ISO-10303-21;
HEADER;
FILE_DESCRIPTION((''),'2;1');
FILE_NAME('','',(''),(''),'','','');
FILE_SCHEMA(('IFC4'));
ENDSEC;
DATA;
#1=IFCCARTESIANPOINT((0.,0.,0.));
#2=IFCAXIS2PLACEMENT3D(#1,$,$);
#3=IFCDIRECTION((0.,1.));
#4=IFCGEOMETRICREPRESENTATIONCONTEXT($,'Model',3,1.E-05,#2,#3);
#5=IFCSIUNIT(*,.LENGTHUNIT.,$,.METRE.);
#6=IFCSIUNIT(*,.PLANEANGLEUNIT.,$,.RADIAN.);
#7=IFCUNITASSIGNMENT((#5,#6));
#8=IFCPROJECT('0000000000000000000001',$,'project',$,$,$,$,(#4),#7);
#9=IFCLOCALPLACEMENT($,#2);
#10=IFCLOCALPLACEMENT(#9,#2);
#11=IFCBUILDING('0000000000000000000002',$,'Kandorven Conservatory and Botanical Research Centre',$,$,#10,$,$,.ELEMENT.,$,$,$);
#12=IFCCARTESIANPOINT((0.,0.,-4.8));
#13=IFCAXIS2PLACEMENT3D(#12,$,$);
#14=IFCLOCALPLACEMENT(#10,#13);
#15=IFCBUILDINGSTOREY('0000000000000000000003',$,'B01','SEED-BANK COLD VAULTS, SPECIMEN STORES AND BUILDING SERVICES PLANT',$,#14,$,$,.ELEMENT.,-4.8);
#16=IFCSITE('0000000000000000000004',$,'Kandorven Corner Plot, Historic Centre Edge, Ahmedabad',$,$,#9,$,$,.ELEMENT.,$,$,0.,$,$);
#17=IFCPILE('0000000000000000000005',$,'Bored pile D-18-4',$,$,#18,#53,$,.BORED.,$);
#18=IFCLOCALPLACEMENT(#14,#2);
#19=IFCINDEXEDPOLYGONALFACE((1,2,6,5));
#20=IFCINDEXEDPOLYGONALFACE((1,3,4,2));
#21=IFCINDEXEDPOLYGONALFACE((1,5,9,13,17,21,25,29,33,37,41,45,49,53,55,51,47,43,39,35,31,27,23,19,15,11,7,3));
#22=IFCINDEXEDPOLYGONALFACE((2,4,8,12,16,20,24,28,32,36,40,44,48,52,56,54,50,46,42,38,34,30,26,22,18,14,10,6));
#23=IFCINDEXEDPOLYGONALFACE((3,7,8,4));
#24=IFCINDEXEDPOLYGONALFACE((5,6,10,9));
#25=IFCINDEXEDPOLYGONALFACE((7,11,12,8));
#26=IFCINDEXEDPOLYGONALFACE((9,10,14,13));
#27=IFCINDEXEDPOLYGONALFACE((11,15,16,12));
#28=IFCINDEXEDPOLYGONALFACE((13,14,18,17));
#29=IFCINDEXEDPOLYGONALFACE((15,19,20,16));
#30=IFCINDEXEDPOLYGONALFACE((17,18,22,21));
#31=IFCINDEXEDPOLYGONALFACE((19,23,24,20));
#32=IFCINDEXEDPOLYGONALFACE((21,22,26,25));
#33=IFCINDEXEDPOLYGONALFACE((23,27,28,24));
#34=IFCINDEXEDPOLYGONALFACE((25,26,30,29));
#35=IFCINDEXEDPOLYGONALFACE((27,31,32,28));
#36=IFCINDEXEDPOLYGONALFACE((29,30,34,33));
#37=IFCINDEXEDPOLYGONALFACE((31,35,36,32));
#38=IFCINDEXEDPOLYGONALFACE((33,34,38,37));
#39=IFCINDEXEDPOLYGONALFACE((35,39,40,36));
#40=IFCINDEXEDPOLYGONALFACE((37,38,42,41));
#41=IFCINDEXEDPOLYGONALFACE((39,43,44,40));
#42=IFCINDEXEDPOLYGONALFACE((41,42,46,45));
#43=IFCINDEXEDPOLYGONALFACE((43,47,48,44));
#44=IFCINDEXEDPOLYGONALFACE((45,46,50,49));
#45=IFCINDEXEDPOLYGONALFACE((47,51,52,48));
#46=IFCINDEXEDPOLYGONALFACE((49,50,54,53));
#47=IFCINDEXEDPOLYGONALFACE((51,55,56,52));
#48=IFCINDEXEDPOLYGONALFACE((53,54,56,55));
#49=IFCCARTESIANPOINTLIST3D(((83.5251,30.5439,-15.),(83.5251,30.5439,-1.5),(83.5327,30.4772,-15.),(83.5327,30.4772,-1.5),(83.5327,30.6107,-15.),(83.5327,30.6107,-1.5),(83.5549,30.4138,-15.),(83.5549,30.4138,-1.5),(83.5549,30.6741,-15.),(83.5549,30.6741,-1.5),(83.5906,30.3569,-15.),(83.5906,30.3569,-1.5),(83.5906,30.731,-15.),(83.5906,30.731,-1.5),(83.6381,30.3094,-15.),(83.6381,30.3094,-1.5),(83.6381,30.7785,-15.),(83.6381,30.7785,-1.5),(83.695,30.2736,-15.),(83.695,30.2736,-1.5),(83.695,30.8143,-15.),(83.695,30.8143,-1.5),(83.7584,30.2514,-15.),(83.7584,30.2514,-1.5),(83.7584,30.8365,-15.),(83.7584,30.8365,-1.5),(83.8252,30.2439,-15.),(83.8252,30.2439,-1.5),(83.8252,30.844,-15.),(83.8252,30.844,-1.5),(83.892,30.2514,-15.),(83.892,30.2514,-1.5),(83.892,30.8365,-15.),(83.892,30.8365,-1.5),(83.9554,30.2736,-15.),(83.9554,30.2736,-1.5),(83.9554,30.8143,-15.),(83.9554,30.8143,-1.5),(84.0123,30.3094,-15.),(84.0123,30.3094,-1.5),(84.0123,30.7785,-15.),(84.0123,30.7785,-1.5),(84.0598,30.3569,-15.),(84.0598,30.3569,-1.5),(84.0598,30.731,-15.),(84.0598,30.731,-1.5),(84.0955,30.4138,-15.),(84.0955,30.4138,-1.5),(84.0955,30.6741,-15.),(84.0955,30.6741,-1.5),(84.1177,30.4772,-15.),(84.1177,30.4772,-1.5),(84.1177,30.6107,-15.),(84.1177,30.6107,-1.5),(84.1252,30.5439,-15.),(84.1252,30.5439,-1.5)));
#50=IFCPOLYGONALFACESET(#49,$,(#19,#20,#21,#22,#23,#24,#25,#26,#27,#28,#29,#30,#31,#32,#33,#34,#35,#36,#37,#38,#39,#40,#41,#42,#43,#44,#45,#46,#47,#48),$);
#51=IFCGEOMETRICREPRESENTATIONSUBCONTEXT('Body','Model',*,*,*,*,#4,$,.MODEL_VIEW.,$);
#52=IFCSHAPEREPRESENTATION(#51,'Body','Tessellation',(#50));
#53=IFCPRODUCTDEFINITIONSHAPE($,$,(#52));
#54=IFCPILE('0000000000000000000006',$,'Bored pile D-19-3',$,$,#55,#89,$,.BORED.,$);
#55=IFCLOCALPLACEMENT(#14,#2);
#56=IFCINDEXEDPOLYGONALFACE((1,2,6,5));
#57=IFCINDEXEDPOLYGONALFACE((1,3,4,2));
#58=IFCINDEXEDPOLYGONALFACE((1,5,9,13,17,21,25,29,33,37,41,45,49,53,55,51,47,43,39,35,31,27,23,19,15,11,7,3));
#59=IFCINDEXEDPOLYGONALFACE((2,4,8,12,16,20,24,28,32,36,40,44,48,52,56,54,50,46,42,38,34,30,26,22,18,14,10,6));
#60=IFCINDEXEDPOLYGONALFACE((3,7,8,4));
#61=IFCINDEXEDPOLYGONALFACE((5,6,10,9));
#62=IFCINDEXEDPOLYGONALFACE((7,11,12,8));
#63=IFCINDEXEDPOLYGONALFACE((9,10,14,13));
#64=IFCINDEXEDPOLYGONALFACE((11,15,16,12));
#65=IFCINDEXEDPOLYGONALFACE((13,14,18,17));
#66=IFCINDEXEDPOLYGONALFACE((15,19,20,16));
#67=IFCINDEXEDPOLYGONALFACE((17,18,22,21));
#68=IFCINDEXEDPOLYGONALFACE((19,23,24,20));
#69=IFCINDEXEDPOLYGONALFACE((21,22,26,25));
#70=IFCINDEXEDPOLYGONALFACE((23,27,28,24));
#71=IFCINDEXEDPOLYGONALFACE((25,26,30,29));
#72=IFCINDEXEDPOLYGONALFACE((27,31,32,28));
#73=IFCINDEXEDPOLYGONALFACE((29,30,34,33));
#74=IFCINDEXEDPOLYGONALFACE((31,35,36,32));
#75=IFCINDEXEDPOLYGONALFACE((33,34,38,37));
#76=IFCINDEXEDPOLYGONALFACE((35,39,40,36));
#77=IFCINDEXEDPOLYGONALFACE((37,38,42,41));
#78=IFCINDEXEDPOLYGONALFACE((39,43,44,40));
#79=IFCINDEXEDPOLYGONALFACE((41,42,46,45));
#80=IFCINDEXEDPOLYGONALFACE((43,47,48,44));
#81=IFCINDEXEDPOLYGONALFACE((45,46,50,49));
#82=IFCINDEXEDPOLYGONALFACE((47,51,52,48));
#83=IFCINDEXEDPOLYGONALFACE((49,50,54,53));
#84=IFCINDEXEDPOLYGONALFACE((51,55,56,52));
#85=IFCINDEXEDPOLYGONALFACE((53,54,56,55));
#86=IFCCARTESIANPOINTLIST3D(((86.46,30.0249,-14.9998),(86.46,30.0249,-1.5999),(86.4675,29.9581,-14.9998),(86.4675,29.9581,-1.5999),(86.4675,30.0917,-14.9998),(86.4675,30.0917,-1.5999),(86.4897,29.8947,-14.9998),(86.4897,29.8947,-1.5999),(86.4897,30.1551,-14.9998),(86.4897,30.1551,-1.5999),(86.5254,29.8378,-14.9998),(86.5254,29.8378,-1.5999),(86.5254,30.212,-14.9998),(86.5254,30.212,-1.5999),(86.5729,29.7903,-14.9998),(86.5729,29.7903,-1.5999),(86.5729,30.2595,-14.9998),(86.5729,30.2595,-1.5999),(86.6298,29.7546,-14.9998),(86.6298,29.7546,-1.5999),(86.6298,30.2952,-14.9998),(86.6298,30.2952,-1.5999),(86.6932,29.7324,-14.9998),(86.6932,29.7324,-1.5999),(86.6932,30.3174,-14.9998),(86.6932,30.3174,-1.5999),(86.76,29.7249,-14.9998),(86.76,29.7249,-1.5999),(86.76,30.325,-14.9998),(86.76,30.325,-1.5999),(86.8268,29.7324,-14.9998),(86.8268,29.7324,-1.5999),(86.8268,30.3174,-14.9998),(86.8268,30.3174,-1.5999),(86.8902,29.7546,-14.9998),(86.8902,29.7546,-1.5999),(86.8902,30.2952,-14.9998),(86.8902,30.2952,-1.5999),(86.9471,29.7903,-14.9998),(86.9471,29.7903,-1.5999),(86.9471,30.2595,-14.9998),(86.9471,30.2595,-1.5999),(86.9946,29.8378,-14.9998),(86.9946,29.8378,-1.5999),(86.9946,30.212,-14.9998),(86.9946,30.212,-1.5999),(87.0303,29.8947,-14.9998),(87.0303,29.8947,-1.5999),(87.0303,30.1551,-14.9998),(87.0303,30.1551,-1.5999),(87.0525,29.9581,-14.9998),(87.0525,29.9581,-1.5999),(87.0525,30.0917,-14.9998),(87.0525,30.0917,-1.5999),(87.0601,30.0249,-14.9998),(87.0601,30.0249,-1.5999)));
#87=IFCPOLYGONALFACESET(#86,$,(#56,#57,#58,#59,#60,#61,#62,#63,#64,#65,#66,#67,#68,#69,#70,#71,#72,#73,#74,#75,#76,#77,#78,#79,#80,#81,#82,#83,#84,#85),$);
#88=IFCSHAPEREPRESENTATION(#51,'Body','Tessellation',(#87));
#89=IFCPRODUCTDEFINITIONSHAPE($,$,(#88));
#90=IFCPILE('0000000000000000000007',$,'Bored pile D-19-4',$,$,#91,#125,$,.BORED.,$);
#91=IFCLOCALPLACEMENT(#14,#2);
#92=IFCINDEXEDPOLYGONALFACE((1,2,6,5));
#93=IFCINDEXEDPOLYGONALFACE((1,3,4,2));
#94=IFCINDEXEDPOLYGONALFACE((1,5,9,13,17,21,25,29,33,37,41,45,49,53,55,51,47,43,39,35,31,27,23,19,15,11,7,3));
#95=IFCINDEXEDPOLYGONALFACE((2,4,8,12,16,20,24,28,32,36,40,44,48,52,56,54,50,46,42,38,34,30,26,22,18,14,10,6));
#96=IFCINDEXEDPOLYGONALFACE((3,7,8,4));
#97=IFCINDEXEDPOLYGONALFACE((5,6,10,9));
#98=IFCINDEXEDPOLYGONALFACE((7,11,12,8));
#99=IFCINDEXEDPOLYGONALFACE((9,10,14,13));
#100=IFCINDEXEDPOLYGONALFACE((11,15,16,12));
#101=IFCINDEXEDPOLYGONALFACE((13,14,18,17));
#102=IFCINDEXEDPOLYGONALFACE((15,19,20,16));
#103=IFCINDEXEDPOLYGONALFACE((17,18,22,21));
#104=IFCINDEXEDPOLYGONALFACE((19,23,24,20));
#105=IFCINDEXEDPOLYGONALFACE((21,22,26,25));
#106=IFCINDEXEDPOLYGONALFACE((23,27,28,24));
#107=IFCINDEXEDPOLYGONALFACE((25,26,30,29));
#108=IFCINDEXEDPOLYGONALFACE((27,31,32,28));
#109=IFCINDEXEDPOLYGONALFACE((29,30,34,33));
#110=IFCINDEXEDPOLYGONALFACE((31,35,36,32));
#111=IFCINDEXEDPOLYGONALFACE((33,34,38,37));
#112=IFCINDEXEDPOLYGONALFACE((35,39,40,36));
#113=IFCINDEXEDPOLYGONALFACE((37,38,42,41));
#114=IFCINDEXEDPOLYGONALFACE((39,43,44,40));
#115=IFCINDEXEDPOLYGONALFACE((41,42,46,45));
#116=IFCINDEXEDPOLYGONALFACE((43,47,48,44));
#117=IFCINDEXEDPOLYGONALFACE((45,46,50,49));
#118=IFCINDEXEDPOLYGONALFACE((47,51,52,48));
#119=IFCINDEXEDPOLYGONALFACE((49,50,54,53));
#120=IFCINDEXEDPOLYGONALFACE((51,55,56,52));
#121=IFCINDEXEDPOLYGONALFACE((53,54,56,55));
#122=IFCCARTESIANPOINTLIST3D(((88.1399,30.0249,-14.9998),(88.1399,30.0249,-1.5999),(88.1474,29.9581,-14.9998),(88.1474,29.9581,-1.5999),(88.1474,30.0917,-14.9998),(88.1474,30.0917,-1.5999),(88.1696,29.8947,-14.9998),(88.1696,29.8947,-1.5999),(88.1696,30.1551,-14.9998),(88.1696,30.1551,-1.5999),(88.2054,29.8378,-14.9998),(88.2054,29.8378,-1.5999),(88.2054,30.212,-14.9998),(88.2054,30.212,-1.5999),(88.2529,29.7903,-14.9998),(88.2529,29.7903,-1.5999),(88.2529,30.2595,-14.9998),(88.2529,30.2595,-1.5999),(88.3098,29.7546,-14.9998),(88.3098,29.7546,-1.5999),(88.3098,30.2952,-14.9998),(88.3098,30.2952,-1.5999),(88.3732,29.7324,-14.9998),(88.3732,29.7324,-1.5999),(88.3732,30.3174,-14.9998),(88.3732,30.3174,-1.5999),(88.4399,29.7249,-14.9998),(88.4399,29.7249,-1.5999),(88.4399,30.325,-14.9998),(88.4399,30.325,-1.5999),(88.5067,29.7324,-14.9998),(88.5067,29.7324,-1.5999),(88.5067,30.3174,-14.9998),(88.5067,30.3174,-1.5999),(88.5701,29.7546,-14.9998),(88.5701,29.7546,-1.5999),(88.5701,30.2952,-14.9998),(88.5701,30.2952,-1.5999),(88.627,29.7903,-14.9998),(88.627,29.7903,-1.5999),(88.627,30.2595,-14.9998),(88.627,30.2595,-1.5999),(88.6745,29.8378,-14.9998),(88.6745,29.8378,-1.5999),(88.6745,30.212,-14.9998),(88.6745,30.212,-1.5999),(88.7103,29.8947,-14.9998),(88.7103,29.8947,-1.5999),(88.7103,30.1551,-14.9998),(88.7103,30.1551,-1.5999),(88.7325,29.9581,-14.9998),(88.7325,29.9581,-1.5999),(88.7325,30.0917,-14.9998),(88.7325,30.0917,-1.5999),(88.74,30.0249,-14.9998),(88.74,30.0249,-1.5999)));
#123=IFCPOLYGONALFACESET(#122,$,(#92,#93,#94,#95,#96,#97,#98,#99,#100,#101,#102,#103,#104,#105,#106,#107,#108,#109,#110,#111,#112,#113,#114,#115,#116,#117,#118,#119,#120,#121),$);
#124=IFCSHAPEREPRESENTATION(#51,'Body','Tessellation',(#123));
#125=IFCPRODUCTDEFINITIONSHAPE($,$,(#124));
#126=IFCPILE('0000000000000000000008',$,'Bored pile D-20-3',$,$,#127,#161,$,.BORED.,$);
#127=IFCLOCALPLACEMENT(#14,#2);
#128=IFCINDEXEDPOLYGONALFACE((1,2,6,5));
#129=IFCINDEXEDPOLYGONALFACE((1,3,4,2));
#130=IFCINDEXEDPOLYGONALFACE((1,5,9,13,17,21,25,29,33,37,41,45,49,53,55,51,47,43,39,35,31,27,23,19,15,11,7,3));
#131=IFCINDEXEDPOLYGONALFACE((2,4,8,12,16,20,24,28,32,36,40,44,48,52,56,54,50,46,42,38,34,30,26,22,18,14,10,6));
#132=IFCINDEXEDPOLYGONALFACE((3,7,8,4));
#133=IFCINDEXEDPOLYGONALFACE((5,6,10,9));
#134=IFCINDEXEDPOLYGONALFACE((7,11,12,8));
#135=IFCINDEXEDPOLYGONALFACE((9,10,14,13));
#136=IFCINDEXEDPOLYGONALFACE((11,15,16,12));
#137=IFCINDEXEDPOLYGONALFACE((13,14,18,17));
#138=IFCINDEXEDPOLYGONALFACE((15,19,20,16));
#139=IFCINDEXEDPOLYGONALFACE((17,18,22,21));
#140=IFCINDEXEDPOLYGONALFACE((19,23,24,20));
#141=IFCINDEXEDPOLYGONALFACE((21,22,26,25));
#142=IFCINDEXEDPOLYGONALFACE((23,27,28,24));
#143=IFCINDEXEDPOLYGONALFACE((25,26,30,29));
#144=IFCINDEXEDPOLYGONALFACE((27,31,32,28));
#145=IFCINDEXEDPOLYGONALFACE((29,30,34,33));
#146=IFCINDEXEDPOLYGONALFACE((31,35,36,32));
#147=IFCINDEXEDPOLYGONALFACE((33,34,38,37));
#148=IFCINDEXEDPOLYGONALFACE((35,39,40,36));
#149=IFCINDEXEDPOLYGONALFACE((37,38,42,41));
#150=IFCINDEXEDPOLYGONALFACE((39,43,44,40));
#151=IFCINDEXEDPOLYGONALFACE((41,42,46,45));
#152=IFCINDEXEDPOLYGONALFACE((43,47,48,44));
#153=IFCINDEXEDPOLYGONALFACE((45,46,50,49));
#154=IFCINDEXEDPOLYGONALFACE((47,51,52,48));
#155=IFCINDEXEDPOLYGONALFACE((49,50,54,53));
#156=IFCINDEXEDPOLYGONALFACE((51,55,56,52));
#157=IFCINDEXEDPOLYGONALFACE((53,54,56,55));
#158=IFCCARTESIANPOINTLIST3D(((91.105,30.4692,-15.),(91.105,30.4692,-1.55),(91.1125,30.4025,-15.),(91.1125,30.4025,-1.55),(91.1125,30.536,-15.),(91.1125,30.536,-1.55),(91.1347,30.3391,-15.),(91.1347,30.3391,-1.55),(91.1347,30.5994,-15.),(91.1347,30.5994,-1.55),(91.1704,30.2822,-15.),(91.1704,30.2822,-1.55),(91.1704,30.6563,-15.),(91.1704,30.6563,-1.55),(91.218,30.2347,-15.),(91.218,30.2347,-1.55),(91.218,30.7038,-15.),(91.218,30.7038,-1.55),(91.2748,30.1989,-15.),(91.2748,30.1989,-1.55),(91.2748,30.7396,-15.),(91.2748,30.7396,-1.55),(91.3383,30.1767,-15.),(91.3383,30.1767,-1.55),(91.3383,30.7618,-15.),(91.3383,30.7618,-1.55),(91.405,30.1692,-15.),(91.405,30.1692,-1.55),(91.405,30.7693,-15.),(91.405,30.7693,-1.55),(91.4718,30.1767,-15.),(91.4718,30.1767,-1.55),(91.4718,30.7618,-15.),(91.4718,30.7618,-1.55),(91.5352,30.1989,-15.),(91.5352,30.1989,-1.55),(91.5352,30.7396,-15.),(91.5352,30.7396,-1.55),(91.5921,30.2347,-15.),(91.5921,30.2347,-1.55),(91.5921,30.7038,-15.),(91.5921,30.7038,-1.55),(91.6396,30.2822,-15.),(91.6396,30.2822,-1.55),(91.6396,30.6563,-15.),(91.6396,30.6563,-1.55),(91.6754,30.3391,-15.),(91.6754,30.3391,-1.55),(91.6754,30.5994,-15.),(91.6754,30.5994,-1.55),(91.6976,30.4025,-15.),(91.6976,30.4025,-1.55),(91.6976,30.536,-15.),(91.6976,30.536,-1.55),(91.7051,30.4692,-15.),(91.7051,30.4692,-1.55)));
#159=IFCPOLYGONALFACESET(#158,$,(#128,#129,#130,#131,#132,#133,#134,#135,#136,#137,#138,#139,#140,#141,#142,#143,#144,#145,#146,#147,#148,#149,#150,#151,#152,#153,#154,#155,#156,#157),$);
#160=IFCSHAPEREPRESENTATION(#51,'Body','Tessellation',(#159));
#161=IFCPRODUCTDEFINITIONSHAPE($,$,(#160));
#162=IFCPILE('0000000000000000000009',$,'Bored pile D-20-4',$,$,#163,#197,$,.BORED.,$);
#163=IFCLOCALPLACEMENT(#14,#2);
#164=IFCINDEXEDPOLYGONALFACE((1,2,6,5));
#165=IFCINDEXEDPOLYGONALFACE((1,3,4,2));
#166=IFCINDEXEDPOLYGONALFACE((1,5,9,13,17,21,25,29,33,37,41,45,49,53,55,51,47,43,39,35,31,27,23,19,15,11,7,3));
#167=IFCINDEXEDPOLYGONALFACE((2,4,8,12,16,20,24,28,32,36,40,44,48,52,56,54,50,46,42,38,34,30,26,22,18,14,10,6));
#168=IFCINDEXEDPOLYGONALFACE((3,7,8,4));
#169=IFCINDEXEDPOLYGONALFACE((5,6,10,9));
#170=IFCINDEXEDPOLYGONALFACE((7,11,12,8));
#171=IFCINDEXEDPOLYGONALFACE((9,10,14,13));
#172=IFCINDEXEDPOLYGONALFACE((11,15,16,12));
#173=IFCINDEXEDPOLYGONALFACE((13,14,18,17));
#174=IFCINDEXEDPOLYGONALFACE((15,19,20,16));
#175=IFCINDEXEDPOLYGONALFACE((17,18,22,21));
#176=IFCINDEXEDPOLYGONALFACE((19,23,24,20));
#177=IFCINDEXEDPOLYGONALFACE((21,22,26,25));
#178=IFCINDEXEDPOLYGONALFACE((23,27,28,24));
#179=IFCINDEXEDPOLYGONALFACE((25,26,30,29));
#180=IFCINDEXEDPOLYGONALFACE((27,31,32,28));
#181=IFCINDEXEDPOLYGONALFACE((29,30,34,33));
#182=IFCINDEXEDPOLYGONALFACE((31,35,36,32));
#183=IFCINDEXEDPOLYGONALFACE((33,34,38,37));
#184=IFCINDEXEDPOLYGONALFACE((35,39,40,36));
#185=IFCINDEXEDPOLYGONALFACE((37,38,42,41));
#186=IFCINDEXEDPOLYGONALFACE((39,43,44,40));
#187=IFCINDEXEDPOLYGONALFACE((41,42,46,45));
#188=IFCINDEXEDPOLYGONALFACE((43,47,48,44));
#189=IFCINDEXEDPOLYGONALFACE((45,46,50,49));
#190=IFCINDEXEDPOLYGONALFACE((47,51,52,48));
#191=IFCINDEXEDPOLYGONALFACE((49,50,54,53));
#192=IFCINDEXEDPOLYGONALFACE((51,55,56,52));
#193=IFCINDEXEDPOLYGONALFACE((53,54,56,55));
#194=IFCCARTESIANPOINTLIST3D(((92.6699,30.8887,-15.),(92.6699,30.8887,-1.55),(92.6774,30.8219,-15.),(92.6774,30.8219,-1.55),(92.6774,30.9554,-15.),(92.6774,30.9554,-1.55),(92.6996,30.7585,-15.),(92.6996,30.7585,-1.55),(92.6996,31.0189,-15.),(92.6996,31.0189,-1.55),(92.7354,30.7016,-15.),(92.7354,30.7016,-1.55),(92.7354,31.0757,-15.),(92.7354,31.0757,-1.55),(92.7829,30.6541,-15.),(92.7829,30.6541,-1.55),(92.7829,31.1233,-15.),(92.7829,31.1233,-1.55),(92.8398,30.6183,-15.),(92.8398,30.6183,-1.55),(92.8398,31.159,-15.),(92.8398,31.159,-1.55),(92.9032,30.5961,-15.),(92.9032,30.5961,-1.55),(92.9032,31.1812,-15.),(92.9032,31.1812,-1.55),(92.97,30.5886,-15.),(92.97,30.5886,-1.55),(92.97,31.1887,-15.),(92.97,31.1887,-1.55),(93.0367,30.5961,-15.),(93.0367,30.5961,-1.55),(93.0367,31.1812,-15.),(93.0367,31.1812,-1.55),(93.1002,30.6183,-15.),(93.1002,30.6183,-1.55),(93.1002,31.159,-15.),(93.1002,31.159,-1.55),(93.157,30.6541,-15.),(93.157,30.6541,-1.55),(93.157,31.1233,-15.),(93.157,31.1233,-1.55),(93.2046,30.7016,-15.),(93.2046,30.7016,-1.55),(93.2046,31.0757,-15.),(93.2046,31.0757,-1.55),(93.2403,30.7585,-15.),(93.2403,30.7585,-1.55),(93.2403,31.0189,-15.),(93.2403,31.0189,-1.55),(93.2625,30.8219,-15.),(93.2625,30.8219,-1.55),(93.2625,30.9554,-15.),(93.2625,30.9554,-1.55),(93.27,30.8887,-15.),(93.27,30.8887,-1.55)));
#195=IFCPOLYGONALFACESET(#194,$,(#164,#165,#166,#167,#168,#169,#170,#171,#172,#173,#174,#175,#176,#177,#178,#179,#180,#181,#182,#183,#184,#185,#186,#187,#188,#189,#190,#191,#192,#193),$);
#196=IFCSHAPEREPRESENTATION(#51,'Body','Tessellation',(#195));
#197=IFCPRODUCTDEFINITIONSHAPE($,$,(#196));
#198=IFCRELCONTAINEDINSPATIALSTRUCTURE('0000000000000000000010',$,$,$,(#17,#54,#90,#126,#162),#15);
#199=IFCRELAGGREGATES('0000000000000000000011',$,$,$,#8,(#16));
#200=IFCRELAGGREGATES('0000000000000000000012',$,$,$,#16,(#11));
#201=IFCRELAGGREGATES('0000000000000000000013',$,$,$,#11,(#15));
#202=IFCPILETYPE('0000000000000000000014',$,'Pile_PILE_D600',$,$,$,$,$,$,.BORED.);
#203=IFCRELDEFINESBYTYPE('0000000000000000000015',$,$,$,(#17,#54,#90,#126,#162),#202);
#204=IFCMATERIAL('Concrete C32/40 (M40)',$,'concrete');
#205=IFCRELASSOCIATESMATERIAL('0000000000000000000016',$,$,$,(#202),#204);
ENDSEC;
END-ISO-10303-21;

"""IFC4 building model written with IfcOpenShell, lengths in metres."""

from ifc_helpers import new_model, si_unit, direction, frame, origin, origin_2d, place, context, subcontext, project, spatial, circle, extrude, material, material_profile, profile_set, type_object, element, save


model = new_model("IFC4")

# Units and contexts
model_context = context("Model", 3, precision=1e-05, world=origin(), true_north=direction((0.0, 1.0)))
body_context = subcontext(model_context, "Body", "Model", "MODEL_VIEW")
ifc_project = project(units=[si_unit("LENGTHUNIT", "METRE"), si_unit("PLANEANGLEUNIT", "RADIAN")], contexts=[model_context])

# Site, building, storey
site_placement = place(None, origin())
site = spatial("IfcSite", under=ifc_project, at=site_placement, Name="Kandorven Corner Plot, Historic Centre Edge, Ahmedabad", CompositionType="ELEMENT", RefElevation=0.0)
building_placement = place(site_placement, origin())
building = spatial("IfcBuilding", under=site, at=building_placement, Name="Kandorven Conservatory and Botanical Research Centre", CompositionType="ELEMENT")
storey_placement = place(building_placement, frame((0.0, 0.0, -4.8)))
storey = spatial("IfcBuildingStorey", under=building, at=storey_placement, Name="B01", Description="SEED-BANK COLD VAULTS, SPECIMEN STORES AND BUILDING SERVICES PLANT", CompositionType="ELEMENT", Elevation=-4.8)

# Piles
ifc_material_1 = material(Name="Concrete C32/40 (M40)", Category="concrete")
ifc_material_profile_1 = material_profile(ifc_material_1, circle(Radius=0.3, at=origin_2d()))
ifc_profile_set_1 = profile_set([ifc_material_profile_1], Name="Concrete C32/40 (M40)")
pile_type_1 = type_object("IfcPileType", Name="Pile_PILE_D600", PredefinedType="BORED", material=ifc_profile_set_1)
for number, where, z_axis, x_axis, name in (
    (1, (83.8252, 30.5439, -1.5), (0.0, 0.0, -1.0), (1.0, 0.0, 0.0), "Bored pile D-18-4"),
):
    element("IfcPile", number, at=place(storey_placement, frame(where, z_axis=z_axis, x_axis=x_axis)), inside=storey, type_object=pile_type_1, Name=name, PredefinedType="BORED", context=body_context, shape_type="SweptSolid", body=[
        extrude(circle(Radius=0.3, at=origin_2d()), origin(), (0.0, 0.0, 1.0), 13.5),
    ])
for number, where, z_axis, x_axis, name in (
    (2, (86.76, 30.0249, -1.5999), (0.0, 0.0, -1.0), (1.0, 0.0, 0.0), "Bored pile D-19-3"),
    (3, (88.4399, 30.0249, -1.5999), (0.0, 0.0, -1.0), (1.0, 0.0, 0.0), "Bored pile D-19-4"),
):
    element("IfcPile", number, at=place(storey_placement, frame(where, z_axis=z_axis, x_axis=x_axis)), inside=storey, type_object=pile_type_1, Name=name, PredefinedType="BORED", context=body_context, shape_type="SweptSolid", body=[
        extrude(circle(Radius=0.3, at=origin_2d()), origin(), (0.0, 0.0, 1.0), 13.3999),
    ])
for number, where, z_axis, x_axis, name in (
    (4, (91.405, 30.4692, -1.55), (0.0, 0.0, -1.0), (1.0, 0.0, 0.0), "Bored pile D-20-3"),
    (5, (92.97, 30.8887, -1.55), (0.0, 0.0, -1.0), (1.0, 0.0, 0.0), "Bored pile D-20-4"),
):
    element("IfcPile", number, at=place(storey_placement, frame(where, z_axis=z_axis, x_axis=x_axis)), inside=storey, type_object=pile_type_1, Name=name, PredefinedType="BORED", context=body_context, shape_type="SweptSolid", body=[
        extrude(circle(Radius=0.3, at=origin_2d()), origin(), (0.0, 0.0, 1.0), 13.45),
    ])

save(model, "model.ifc")
